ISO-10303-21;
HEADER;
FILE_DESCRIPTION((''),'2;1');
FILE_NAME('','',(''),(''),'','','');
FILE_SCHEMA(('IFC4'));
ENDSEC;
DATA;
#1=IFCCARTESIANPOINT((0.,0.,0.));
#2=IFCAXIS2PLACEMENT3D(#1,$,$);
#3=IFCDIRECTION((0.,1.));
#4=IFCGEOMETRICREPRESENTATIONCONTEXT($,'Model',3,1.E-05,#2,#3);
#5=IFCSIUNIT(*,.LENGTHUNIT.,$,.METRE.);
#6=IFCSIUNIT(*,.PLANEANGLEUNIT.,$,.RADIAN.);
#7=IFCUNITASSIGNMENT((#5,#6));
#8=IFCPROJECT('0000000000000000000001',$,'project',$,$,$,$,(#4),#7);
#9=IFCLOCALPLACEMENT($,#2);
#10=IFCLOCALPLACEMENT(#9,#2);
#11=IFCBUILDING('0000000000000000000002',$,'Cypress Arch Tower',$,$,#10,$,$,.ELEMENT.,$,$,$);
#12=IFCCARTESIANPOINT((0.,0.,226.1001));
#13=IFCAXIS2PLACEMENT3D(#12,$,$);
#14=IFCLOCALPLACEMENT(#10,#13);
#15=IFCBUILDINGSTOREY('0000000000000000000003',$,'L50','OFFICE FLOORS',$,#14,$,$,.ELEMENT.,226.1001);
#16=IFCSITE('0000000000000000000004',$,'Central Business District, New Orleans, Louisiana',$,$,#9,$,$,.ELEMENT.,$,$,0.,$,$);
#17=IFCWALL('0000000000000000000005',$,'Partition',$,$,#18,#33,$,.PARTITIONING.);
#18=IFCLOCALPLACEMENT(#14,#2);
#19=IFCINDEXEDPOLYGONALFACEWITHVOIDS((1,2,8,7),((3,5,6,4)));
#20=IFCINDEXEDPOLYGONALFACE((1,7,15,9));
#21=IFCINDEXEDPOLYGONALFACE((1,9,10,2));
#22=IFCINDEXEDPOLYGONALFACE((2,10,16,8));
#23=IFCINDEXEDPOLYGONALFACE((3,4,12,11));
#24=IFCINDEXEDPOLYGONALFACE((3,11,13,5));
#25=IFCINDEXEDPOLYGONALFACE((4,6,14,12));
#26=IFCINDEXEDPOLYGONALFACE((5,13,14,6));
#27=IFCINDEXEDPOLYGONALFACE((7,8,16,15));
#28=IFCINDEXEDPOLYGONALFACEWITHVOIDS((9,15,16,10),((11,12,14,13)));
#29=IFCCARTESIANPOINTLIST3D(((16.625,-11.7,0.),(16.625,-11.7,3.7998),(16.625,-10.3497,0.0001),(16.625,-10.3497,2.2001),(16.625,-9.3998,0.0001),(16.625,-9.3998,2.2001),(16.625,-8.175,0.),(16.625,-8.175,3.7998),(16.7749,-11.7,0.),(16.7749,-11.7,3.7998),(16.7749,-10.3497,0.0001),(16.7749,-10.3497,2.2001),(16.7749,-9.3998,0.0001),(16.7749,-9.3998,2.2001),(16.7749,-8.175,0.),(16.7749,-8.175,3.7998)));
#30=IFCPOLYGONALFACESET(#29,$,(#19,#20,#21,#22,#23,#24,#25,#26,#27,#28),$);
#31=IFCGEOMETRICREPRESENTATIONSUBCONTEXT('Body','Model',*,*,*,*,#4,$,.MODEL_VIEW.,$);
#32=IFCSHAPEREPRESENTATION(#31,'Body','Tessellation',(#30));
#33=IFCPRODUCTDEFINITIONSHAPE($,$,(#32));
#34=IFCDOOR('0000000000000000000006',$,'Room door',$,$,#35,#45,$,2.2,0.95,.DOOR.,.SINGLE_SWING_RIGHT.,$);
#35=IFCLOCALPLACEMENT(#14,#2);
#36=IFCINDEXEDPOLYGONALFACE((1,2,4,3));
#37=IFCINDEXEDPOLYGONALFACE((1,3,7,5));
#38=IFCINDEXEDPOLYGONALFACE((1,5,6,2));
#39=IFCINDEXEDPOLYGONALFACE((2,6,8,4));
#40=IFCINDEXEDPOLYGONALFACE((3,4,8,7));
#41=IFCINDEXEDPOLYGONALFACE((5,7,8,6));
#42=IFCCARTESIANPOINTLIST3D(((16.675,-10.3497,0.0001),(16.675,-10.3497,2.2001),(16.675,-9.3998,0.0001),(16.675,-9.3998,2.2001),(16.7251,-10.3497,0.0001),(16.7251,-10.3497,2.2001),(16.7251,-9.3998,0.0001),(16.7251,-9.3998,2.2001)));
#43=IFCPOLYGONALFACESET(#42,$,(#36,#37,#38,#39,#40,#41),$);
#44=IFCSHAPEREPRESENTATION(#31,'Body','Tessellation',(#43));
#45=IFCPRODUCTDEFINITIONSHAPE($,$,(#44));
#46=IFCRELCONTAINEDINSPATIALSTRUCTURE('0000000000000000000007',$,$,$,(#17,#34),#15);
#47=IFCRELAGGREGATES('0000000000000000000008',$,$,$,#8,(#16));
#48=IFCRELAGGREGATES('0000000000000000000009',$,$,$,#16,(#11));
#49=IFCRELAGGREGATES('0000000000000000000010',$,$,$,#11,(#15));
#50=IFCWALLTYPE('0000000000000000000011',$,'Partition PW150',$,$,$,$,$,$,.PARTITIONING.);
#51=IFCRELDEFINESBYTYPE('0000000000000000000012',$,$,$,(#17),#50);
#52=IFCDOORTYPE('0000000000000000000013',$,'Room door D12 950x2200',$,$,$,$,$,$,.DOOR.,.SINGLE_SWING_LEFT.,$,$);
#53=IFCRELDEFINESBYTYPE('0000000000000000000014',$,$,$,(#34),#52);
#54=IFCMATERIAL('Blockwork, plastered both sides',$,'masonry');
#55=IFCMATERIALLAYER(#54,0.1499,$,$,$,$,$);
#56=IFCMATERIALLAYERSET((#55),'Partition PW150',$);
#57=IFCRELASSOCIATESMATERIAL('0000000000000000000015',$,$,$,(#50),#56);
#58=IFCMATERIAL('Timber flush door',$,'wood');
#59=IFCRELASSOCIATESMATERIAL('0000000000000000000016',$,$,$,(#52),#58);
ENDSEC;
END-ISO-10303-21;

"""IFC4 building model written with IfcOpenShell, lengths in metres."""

from ifc_helpers import new_model, si_unit, direction, frame, frame_2d, origin, place, context, subcontext, project, spatial, rectangle, extrude, material, layer, layer_set, type_object, element, fill, save


model = new_model("IFC4")

# Units and contexts
model_context = context("Model", 3, precision=1e-05, world=origin(), true_north=direction((0.0, 1.0)))
body_context = subcontext(model_context, "Body", "Model", "MODEL_VIEW")
ifc_project = project(units=[si_unit("LENGTHUNIT", "METRE"), si_unit("PLANEANGLEUNIT", "RADIAN")], contexts=[model_context])

# Site, building, storey
site_placement = place(None, origin())
site = spatial("IfcSite", under=ifc_project, at=site_placement, Name="Central Business District, New Orleans, Louisiana", CompositionType="ELEMENT", RefElevation=0.0)
building_placement = place(site_placement, origin())
building = spatial("IfcBuilding", under=site, at=building_placement, Name="Cypress Arch Tower", CompositionType="ELEMENT")
storey_placement = place(building_placement, frame((0.0, 0.0, 226.1001)))
storey = spatial("IfcBuildingStorey", under=building, at=storey_placement, Name="L50", Description="OFFICE FLOORS", CompositionType="ELEMENT", Elevation=226.1001)

# Shared definitions
ifc_material_1 = material(Name="Blockwork, plastered both sides", Category="masonry")
ifc_layer_1 = layer(ifc_material_1, 0.1499)
ifc_layer_set_1 = layer_set([ifc_layer_1], Name="Partition PW150")
wall_type_1 = type_object("IfcWallType", Name="Partition PW150", PredefinedType="PARTITIONING", material=ifc_layer_set_1)

# Wall, opening, door
wall_1_placement = place(storey_placement, frame((16.7, -11.7, 0.0), z_axis=(0.0, 0.0, 1.0), x_axis=(0.0, 1.0, 0.0)))
wall_1 = element("IfcWall", 1, at=wall_1_placement, inside=storey, type_object=wall_type_1, Name="Partition", PredefinedType="PARTITIONING", context=body_context, shape_type="SweptSolid", body=[
    extrude(rectangle(XDim=3.5249, YDim=0.1499, at=frame_2d((1.7625, 0.0))), origin(), (0.0, 0.0, 1.0), 3.7998),
])
opening_1_placement = place(wall_1_placement, frame((1.3501, 0.0, 0.0)))
opening_1 = element("IfcOpeningElement", 2, at=opening_1_placement, cuts=wall_1, PredefinedType="OPENING", context=body_context, shape_type="SweptSolid", body=[
    extrude(rectangle(XDim=0.95, YDim=2.2, at=frame_2d((0.4751, 1.1001))), frame((0.0, 0.085, 0.0), z_axis=(0.0, -1.0, 0.0), x_axis=(1.0, 0.0, 0.0)), (0.0, 0.0, 1.0), 0.1699),
])
ifc_material_2 = material(Name="Timber flush door", Category="wood")
door_type_1 = type_object("IfcDoorType", Name="Room door D12 950x2200", OperationType="SINGLE_SWING_LEFT", PredefinedType="DOOR", material=ifc_material_2)
door_1_placement = place(opening_1_placement, origin())
door_1 = element("IfcDoor", 3, at=door_1_placement, inside=storey, type_object=door_type_1, Name="Room door", OperationType="SINGLE_SWING_RIGHT", OverallHeight=2.2, OverallWidth=0.95, PredefinedType="DOOR", context=body_context, shape_type="SweptSolid", body=[
    extrude(rectangle(XDim=0.95, YDim=2.2, at=frame_2d((0.4751, 1.1001))), frame((0.0, 0.0249, 0.0), z_axis=(0.0, -1.0, 0.0), x_axis=(1.0, 0.0, 0.0)), (0.0, 0.0, 1.0), 0.05),
])
fill(opening_1, door_1)

save(model, "model.ifc")
